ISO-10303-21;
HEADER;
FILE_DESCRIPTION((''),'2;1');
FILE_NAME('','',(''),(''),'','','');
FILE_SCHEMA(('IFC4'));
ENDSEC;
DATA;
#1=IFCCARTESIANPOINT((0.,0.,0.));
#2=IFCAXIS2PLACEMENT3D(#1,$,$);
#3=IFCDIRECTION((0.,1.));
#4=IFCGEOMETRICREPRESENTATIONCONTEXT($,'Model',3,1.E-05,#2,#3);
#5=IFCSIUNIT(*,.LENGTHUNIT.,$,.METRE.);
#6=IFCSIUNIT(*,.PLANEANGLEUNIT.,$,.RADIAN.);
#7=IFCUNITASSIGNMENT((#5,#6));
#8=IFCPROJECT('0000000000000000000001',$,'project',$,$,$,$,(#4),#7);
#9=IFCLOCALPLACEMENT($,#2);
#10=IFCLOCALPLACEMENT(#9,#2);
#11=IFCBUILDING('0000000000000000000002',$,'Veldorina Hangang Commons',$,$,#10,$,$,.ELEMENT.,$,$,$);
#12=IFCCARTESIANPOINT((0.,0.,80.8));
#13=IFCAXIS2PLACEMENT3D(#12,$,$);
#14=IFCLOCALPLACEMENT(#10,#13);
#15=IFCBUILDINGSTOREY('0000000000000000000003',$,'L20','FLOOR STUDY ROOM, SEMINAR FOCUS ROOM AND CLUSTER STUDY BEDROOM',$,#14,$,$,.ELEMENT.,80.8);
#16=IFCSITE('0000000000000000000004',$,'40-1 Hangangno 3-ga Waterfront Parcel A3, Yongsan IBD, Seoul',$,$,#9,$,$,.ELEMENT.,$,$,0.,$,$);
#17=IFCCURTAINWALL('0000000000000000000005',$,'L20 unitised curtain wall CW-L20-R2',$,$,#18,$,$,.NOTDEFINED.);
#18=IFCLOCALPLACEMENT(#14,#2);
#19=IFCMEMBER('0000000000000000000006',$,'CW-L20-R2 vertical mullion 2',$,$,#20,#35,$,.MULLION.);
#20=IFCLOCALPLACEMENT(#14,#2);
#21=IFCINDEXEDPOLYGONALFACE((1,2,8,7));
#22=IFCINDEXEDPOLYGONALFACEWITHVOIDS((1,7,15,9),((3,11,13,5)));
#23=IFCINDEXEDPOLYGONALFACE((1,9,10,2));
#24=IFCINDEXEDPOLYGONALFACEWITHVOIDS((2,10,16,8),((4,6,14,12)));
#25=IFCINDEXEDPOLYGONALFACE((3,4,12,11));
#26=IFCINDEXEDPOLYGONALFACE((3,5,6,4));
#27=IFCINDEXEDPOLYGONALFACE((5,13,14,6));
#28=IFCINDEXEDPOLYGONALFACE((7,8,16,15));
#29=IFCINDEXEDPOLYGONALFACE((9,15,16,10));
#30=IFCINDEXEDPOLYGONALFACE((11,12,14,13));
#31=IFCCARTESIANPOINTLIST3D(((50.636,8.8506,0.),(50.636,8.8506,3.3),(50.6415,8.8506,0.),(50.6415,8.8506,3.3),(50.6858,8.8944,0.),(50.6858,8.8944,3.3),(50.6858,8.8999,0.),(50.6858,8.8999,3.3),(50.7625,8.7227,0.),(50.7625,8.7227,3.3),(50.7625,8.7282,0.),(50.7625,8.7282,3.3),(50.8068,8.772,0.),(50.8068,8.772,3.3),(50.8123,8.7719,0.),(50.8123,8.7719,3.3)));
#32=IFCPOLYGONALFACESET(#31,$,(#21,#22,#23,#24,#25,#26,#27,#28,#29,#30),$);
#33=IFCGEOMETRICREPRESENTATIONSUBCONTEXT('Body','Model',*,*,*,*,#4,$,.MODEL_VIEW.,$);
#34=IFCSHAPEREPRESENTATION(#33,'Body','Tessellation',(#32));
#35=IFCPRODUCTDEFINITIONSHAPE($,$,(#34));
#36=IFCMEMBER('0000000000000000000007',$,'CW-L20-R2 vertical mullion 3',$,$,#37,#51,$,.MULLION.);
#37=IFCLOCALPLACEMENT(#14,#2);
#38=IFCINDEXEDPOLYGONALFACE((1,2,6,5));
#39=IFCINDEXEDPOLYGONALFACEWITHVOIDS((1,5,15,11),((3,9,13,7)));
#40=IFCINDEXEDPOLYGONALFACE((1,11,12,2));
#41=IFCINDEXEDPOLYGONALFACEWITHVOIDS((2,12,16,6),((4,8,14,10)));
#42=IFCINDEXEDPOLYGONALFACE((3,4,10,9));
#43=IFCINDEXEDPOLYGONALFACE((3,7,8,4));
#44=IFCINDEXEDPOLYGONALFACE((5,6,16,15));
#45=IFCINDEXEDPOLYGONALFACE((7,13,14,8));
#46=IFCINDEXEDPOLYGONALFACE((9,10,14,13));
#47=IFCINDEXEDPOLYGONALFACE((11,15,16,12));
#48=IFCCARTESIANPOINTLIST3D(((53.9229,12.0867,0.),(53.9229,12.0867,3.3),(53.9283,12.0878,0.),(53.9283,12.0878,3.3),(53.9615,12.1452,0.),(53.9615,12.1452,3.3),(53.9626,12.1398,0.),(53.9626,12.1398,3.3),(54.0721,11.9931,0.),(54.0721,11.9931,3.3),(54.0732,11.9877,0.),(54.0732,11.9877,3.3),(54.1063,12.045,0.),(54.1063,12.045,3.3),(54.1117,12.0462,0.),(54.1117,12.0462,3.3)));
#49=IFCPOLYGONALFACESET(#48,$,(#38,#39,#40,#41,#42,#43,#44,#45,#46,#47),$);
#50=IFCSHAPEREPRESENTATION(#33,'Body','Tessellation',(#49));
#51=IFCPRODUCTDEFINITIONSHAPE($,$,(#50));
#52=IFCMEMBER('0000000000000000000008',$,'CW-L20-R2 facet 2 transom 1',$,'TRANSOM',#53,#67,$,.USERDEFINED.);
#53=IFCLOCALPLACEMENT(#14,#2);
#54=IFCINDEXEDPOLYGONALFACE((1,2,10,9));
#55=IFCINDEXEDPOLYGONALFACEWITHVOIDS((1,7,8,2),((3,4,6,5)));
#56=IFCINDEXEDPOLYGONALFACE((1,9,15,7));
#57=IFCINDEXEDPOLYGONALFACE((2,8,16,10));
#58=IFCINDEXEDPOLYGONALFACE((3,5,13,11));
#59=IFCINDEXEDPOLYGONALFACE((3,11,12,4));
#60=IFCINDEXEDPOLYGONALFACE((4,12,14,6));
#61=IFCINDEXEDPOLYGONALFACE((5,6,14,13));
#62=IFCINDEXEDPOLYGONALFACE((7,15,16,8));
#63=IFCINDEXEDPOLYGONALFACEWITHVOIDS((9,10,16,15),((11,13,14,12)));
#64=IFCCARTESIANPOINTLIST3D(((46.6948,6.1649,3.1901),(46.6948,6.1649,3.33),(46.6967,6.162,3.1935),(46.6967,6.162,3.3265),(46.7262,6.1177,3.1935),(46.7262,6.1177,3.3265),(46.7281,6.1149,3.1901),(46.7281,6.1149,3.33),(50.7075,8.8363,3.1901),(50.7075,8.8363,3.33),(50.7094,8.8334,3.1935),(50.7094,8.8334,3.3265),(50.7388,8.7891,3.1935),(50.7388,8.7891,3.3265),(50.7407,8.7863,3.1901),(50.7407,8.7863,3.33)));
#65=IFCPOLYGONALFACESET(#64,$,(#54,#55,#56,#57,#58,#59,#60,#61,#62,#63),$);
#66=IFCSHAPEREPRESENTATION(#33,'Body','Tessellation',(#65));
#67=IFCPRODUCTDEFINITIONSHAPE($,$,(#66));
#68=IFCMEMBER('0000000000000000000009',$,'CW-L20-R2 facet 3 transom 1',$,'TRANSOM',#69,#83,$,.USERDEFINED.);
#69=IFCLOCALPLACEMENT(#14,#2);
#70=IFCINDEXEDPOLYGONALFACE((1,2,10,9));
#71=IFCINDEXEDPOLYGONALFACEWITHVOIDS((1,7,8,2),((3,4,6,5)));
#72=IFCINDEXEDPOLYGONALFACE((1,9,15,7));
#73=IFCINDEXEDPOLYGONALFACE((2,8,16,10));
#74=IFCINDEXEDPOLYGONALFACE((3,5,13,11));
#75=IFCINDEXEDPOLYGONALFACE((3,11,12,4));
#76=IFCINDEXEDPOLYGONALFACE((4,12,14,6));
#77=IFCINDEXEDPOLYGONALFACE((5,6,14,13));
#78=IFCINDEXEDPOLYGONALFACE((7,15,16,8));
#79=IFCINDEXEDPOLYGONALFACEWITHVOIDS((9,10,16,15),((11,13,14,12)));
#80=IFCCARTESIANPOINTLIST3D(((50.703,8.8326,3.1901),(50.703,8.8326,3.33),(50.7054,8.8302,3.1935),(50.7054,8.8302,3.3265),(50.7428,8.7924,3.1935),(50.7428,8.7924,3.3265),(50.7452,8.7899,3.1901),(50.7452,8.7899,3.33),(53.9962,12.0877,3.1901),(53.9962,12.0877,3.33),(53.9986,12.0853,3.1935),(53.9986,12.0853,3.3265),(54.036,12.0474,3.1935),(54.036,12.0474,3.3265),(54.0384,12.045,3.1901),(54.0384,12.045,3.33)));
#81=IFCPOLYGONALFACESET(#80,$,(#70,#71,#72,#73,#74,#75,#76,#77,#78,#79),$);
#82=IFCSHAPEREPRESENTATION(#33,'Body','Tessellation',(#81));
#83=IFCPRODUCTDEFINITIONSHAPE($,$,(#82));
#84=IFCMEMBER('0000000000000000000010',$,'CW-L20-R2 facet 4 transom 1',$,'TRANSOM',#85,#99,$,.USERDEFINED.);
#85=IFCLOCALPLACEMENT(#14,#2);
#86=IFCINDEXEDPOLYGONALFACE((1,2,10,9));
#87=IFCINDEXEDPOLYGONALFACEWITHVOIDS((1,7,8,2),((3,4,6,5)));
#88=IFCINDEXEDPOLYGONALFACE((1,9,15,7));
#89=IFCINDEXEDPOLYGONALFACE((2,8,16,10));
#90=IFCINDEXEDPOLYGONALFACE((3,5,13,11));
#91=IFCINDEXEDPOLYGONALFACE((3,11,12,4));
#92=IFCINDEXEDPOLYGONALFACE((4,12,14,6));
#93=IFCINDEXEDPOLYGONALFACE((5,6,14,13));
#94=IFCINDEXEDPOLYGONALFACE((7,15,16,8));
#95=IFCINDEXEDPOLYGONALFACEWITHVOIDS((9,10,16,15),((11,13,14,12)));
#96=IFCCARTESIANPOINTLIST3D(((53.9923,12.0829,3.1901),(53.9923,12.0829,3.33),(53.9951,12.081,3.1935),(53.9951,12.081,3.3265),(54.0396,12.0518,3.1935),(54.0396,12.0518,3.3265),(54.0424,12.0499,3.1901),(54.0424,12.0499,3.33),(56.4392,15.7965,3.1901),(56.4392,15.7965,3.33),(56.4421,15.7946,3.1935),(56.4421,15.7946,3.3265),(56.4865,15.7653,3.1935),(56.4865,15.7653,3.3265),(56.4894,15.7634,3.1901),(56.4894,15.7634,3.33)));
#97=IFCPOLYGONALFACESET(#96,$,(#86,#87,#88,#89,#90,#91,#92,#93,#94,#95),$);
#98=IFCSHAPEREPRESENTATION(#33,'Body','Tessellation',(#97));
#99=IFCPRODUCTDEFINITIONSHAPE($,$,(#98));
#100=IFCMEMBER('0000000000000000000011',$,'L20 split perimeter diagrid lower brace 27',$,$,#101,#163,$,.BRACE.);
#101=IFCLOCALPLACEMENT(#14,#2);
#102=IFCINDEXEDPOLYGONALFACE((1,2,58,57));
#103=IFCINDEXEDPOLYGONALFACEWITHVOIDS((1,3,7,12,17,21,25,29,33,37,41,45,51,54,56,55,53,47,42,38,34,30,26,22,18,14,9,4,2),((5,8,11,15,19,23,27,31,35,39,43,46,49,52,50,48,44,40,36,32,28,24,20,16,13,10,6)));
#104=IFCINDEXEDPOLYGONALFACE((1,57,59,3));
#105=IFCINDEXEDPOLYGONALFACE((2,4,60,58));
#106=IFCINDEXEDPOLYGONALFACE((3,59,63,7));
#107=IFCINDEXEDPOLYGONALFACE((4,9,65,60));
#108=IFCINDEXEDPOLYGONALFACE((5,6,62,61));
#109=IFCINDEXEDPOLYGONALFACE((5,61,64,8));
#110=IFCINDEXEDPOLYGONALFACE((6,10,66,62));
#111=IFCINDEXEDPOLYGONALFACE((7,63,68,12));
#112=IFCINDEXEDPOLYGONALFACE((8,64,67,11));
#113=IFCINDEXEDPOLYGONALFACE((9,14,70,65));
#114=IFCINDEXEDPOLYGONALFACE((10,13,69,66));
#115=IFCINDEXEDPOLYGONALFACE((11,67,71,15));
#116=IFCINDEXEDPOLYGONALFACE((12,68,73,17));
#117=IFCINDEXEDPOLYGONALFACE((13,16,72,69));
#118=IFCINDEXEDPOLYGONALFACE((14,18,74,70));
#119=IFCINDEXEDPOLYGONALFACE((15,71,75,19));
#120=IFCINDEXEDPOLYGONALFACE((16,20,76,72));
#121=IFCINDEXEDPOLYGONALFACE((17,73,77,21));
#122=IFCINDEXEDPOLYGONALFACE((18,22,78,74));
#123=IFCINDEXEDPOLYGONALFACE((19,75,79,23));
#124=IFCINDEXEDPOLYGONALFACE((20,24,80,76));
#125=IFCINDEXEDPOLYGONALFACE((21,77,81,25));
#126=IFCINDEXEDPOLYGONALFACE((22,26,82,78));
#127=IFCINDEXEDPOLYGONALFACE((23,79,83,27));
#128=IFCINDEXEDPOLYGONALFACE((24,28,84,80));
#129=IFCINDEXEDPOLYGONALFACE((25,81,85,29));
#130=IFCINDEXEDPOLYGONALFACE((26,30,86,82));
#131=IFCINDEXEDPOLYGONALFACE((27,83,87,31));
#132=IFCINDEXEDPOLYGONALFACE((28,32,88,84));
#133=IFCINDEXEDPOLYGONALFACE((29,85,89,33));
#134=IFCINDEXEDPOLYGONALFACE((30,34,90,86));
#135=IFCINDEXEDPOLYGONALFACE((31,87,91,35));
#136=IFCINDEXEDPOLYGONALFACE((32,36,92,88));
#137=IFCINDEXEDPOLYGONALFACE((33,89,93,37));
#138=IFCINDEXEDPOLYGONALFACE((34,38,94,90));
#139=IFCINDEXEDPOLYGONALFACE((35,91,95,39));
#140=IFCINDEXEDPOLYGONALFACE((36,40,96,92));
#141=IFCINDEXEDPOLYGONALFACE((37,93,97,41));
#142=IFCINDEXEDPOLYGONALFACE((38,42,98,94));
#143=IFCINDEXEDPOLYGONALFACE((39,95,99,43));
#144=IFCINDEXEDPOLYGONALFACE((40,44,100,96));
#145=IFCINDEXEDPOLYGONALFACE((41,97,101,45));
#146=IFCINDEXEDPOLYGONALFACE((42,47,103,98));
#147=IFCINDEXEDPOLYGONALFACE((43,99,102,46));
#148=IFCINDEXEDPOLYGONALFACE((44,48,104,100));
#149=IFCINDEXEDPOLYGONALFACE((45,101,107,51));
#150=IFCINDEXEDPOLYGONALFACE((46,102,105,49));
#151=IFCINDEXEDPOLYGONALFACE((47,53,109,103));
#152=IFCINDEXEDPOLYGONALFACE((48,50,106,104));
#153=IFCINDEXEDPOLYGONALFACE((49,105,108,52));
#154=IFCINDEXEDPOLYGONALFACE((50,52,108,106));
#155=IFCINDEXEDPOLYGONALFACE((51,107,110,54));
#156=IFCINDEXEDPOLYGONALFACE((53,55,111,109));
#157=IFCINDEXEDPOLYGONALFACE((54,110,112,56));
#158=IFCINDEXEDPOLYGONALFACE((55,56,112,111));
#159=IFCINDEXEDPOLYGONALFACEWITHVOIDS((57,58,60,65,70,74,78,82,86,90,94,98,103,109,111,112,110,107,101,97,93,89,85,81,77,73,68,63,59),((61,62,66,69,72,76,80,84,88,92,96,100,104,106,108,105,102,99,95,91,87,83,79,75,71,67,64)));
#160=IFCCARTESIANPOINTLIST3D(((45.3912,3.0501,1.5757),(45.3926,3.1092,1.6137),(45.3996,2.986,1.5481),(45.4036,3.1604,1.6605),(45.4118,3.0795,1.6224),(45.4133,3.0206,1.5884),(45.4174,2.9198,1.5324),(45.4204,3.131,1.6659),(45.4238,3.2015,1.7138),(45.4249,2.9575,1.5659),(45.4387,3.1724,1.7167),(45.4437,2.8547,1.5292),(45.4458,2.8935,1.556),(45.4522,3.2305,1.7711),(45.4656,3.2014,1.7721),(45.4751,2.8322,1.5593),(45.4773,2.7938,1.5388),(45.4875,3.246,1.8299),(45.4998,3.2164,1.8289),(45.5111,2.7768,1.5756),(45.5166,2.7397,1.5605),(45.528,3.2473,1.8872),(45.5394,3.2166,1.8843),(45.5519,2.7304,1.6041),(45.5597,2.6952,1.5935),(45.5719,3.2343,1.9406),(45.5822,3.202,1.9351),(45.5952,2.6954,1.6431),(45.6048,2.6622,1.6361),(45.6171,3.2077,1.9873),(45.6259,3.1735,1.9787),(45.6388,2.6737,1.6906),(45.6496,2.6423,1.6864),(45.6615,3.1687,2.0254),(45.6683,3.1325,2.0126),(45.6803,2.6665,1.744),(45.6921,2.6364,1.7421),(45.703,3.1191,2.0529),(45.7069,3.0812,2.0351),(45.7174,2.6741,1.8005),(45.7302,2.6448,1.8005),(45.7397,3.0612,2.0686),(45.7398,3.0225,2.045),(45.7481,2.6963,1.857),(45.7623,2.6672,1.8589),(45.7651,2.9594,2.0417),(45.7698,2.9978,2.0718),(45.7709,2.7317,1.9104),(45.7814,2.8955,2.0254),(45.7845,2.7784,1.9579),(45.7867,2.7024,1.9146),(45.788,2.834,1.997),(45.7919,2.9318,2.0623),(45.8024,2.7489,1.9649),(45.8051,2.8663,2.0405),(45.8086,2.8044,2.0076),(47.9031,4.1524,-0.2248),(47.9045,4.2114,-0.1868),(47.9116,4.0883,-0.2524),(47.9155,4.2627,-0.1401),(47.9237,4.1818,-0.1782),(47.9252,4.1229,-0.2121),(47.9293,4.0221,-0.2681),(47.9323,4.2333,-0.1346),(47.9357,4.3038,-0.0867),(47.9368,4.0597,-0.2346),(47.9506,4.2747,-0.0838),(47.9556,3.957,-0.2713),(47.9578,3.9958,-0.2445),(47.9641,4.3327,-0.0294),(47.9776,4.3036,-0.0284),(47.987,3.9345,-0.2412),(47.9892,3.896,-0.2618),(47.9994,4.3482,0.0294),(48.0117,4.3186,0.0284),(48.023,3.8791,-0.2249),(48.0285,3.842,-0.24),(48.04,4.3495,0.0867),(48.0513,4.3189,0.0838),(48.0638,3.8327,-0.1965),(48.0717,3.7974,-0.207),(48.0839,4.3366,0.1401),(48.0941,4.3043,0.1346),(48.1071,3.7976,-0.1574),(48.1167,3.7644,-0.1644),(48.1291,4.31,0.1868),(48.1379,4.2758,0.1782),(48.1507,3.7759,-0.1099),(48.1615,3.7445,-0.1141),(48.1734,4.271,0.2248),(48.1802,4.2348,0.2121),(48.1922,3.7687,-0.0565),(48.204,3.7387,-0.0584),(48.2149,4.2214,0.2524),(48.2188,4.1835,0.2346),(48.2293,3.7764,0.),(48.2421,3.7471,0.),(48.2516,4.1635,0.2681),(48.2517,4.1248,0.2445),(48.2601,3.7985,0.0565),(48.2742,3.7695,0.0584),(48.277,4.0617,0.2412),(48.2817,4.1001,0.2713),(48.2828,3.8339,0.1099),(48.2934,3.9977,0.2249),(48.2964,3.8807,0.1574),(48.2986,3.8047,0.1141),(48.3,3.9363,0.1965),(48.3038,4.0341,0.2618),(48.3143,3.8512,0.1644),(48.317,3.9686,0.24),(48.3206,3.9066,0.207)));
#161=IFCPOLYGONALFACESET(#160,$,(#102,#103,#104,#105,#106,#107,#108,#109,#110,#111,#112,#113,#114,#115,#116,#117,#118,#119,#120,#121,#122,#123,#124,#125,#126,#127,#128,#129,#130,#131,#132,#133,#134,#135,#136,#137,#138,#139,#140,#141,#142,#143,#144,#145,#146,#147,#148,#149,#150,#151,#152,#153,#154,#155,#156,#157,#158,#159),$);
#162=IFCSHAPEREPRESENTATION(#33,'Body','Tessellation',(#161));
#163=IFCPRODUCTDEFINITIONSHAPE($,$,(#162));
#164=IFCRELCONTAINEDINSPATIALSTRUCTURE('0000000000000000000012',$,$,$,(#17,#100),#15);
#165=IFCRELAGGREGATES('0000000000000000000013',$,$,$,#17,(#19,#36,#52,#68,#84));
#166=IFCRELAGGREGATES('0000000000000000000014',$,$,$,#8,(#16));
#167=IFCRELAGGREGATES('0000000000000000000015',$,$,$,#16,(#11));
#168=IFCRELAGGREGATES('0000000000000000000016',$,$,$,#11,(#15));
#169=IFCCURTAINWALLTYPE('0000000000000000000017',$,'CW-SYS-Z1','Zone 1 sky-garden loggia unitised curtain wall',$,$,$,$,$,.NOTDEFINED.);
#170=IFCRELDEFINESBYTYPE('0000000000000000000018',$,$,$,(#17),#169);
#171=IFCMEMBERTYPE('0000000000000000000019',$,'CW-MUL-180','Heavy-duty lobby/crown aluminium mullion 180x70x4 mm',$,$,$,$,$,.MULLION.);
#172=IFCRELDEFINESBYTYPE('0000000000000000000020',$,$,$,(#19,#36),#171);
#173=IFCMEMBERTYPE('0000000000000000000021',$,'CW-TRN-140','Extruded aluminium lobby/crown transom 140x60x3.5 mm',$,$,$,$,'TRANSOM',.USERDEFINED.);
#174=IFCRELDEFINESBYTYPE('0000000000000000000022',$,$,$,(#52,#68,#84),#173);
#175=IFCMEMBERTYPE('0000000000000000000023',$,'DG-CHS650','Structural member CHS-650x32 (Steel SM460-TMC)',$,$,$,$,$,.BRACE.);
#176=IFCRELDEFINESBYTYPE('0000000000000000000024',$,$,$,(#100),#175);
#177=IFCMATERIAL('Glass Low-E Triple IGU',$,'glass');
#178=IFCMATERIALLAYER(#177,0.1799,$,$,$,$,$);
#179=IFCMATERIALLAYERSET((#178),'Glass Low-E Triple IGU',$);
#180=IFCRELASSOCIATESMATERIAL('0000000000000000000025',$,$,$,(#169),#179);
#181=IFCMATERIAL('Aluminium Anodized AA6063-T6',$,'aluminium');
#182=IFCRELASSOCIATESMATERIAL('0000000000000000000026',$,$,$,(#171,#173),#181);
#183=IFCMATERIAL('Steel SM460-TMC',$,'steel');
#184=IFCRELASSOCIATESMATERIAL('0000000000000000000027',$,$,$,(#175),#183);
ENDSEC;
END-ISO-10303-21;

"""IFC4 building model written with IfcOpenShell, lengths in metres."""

from ifc_helpers import new_model, si_unit, direction, frame, origin, origin_2d, place, context, subcontext, project, spatial, hollow_rectangle, hollow_circle, extrude, material, layer, layer_set, material_profile, profile_set, type_object, element, aggregate, save


model = new_model("IFC4")

# Units and contexts
model_context = context("Model", 3, precision=1e-05, world=origin(), true_north=direction((0.0, 1.0)))
body_context = subcontext(model_context, "Body", "Model", "MODEL_VIEW")
ifc_project = project(units=[si_unit("LENGTHUNIT", "METRE"), si_unit("PLANEANGLEUNIT", "RADIAN")], contexts=[model_context])

# Site, building, storey
site_placement = place(None, origin())
site = spatial("IfcSite", under=ifc_project, at=site_placement, Name="40-1 Hangangno 3-ga Waterfront Parcel A3, Yongsan IBD, Seoul", CompositionType="ELEMENT", RefElevation=0.0)
building_placement = place(site_placement, origin())
building = spatial("IfcBuilding", under=site, at=building_placement, Name="Veldorina Hangang Commons", CompositionType="ELEMENT")
storey_placement = place(building_placement, frame((0.0, 0.0, 80.8)))
storey = spatial("IfcBuildingStorey", under=building, at=storey_placement, Name="L20", Description="FLOOR STUDY ROOM, SEMINAR FOCUS ROOM AND CLUSTER STUDY BEDROOM", CompositionType="ELEMENT", Elevation=80.8)

# Curtain wall, members
ifc_material_1 = material(Name="Glass Low-E Triple IGU", Category="glass")
ifc_layer_1 = layer(ifc_material_1, 0.1799)
ifc_layer_set_1 = layer_set([ifc_layer_1], Name="Glass Low-E Triple IGU")
curtain_wall_type = type_object("IfcCurtainWallType", Name="CW-SYS-Z1", Description="Zone 1 sky-garden loggia unitised curtain wall", PredefinedType="NOTDEFINED", material=ifc_layer_set_1)
curtain_wall_placement = place(storey_placement, origin())
curtain_wall = element("IfcCurtainWall", 1, at=curtain_wall_placement, inside=storey, type_object=curtain_wall_type, Name="L20 unitised curtain wall CW-L20-R2", PredefinedType="NOTDEFINED")
ifc_material_2 = material(Name="Aluminium Anodized AA6063-T6", Category="aluminium")
ifc_material_profile_1 = material_profile(ifc_material_2, hollow_rectangle(XDim=0.0701, YDim=0.1799, WallThickness=0.0039, at=origin_2d()), Name="ALU-RHS-180x70x4")
ifc_profile_set_1 = profile_set([ifc_material_profile_1], Name="Aluminium Anodized AA6063-T6")
member_type_1 = type_object("IfcMemberType", Name="CW-MUL-180", Description="Heavy-duty lobby/crown aluminium mullion 180x70x4 mm", PredefinedType="MULLION", material=ifc_profile_set_1)
member_1_placement = place(storey_placement, frame((50.7241, 8.8113, 0.0), z_axis=(0.0, 0.0, 1.0), x_axis=(0.711192, 0.702998, 0.0)))
member_1 = element("IfcMember", 2, at=member_1_placement, type_object=member_type_1, Name="CW-L20-R2 vertical mullion 2", PredefinedType="MULLION", context=body_context, shape_type="SweptSolid", body=[
    extrude(hollow_rectangle(XDim=0.0701, YDim=0.1799, WallThickness=0.0039, at=origin_2d()), origin(), (0.0, 0.0, 1.0), 3.3),
])
member_2_placement = place(storey_placement, frame((54.0173, 12.0664, 0.0), z_axis=(0.0, 0.0, 1.0), x_axis=(0.550218, 0.835021, 0.0)))
member_2 = element("IfcMember", 3, at=member_2_placement, type_object=member_type_1, Name="CW-L20-R2 vertical mullion 3", PredefinedType="MULLION", context=body_context, shape_type="SweptSolid", body=[
    extrude(hollow_rectangle(XDim=0.0701, YDim=0.1799, WallThickness=0.0039, at=origin_2d()), origin(), (0.0, 0.0, 1.0), 3.3),
])
ifc_material_profile_2 = material_profile(ifc_material_2, hollow_rectangle(XDim=0.0601, YDim=0.1399, WallThickness=0.0034, at=origin_2d()), Name="ALU-RHS-140x60x3.5")
ifc_profile_set_2 = profile_set([ifc_material_profile_2], Name="Aluminium Anodized AA6063-T6")
member_type_2 = type_object("IfcMemberType", Name="CW-TRN-140", Description="Extruded aluminium lobby/crown transom 140x60x3.5 mm", ElementType="TRANSOM", PredefinedType="USERDEFINED", material=ifc_profile_set_2)
member_3_placement = place(storey_placement, frame((46.7114, 6.1399, 3.26), z_axis=(0.832409, 0.554162, 0.0), x_axis=(-0.554162, 0.832409, 0.0)))
member_3 = element("IfcMember", 4, at=member_3_placement, type_object=member_type_2, Name="CW-L20-R2 facet 2 transom 1", ObjectType="TRANSOM", PredefinedType="USERDEFINED", context=body_context, shape_type="SweptSolid", body=[
    extrude(hollow_rectangle(XDim=0.0601, YDim=0.1399, WallThickness=0.0034, at=origin_2d()), origin(), (0.0, 0.0, 1.0), 4.8206),
])
member_4_placement = place(storey_placement, frame((50.7241, 8.8113, 3.26), z_axis=(0.711207, 0.702982, 0.0), x_axis=(-0.702982, 0.711207, 0.0)))
member_4 = element("IfcMember", 5, at=member_4_placement, type_object=member_type_2, Name="CW-L20-R2 facet 3 transom 1", ObjectType="TRANSOM", PredefinedType="USERDEFINED", context=body_context, shape_type="SweptSolid", body=[
    extrude(hollow_rectangle(XDim=0.0601, YDim=0.1399, WallThickness=0.0034, at=origin_2d()), origin(), (0.0, 0.0, 1.0), 4.6304),
])
member_5_placement = place(storey_placement, frame((54.0173, 12.0664, 3.26), z_axis=(0.55022, 0.83502, 0.0), x_axis=(-0.83502, 0.55022, 0.0)))
member_5 = element("IfcMember", 6, at=member_5_placement, type_object=member_type_2, Name="CW-L20-R2 facet 4 transom 1", ObjectType="TRANSOM", PredefinedType="USERDEFINED", context=body_context, shape_type="SweptSolid", body=[
    extrude(hollow_rectangle(XDim=0.0601, YDim=0.1399, WallThickness=0.0034, at=origin_2d()), origin(), (0.0, 0.0, 1.0), 4.4473),
])

# Member
ifc_material_3 = material(Name="Steel SM460-TMC", Category="steel")
ifc_material_profile_3 = material_profile(ifc_material_3, hollow_circle(Radius=0.325, WallThickness=0.032, at=origin_2d()), Name="CHS-650x32")
ifc_profile_set_3 = profile_set([ifc_material_profile_3], Name="Steel SM460-TMC")
member_type_3 = type_object("IfcMemberType", Name="DG-CHS650", Description="Structural member CHS-650x32 (Steel SM460-TMC)", PredefinedType="BRACE", material=ifc_profile_set_3)
member_6_placement = place(storey_placement, frame((48.1116, 4.0447, 0.0), z_axis=(-0.765538, -0.335932, 0.548726), x_axis=(0.401832, -0.915714, 0.0)))
element("IfcMember", 7, at=member_6_placement, inside=storey, type_object=member_type_3, Name="L20 split perimeter diagrid lower brace 27", PredefinedType="BRACE", context=body_context, shape_type="SweptSolid", body=[
    extrude(hollow_circle(Radius=0.325, WallThickness=0.032, at=origin_2d()), origin(), (0.0, 0.0, 1.0), 3.2812),
])

aggregate(curtain_wall, [member_1, member_2, member_3, member_4, member_5])

save(model, "model.ifc")
